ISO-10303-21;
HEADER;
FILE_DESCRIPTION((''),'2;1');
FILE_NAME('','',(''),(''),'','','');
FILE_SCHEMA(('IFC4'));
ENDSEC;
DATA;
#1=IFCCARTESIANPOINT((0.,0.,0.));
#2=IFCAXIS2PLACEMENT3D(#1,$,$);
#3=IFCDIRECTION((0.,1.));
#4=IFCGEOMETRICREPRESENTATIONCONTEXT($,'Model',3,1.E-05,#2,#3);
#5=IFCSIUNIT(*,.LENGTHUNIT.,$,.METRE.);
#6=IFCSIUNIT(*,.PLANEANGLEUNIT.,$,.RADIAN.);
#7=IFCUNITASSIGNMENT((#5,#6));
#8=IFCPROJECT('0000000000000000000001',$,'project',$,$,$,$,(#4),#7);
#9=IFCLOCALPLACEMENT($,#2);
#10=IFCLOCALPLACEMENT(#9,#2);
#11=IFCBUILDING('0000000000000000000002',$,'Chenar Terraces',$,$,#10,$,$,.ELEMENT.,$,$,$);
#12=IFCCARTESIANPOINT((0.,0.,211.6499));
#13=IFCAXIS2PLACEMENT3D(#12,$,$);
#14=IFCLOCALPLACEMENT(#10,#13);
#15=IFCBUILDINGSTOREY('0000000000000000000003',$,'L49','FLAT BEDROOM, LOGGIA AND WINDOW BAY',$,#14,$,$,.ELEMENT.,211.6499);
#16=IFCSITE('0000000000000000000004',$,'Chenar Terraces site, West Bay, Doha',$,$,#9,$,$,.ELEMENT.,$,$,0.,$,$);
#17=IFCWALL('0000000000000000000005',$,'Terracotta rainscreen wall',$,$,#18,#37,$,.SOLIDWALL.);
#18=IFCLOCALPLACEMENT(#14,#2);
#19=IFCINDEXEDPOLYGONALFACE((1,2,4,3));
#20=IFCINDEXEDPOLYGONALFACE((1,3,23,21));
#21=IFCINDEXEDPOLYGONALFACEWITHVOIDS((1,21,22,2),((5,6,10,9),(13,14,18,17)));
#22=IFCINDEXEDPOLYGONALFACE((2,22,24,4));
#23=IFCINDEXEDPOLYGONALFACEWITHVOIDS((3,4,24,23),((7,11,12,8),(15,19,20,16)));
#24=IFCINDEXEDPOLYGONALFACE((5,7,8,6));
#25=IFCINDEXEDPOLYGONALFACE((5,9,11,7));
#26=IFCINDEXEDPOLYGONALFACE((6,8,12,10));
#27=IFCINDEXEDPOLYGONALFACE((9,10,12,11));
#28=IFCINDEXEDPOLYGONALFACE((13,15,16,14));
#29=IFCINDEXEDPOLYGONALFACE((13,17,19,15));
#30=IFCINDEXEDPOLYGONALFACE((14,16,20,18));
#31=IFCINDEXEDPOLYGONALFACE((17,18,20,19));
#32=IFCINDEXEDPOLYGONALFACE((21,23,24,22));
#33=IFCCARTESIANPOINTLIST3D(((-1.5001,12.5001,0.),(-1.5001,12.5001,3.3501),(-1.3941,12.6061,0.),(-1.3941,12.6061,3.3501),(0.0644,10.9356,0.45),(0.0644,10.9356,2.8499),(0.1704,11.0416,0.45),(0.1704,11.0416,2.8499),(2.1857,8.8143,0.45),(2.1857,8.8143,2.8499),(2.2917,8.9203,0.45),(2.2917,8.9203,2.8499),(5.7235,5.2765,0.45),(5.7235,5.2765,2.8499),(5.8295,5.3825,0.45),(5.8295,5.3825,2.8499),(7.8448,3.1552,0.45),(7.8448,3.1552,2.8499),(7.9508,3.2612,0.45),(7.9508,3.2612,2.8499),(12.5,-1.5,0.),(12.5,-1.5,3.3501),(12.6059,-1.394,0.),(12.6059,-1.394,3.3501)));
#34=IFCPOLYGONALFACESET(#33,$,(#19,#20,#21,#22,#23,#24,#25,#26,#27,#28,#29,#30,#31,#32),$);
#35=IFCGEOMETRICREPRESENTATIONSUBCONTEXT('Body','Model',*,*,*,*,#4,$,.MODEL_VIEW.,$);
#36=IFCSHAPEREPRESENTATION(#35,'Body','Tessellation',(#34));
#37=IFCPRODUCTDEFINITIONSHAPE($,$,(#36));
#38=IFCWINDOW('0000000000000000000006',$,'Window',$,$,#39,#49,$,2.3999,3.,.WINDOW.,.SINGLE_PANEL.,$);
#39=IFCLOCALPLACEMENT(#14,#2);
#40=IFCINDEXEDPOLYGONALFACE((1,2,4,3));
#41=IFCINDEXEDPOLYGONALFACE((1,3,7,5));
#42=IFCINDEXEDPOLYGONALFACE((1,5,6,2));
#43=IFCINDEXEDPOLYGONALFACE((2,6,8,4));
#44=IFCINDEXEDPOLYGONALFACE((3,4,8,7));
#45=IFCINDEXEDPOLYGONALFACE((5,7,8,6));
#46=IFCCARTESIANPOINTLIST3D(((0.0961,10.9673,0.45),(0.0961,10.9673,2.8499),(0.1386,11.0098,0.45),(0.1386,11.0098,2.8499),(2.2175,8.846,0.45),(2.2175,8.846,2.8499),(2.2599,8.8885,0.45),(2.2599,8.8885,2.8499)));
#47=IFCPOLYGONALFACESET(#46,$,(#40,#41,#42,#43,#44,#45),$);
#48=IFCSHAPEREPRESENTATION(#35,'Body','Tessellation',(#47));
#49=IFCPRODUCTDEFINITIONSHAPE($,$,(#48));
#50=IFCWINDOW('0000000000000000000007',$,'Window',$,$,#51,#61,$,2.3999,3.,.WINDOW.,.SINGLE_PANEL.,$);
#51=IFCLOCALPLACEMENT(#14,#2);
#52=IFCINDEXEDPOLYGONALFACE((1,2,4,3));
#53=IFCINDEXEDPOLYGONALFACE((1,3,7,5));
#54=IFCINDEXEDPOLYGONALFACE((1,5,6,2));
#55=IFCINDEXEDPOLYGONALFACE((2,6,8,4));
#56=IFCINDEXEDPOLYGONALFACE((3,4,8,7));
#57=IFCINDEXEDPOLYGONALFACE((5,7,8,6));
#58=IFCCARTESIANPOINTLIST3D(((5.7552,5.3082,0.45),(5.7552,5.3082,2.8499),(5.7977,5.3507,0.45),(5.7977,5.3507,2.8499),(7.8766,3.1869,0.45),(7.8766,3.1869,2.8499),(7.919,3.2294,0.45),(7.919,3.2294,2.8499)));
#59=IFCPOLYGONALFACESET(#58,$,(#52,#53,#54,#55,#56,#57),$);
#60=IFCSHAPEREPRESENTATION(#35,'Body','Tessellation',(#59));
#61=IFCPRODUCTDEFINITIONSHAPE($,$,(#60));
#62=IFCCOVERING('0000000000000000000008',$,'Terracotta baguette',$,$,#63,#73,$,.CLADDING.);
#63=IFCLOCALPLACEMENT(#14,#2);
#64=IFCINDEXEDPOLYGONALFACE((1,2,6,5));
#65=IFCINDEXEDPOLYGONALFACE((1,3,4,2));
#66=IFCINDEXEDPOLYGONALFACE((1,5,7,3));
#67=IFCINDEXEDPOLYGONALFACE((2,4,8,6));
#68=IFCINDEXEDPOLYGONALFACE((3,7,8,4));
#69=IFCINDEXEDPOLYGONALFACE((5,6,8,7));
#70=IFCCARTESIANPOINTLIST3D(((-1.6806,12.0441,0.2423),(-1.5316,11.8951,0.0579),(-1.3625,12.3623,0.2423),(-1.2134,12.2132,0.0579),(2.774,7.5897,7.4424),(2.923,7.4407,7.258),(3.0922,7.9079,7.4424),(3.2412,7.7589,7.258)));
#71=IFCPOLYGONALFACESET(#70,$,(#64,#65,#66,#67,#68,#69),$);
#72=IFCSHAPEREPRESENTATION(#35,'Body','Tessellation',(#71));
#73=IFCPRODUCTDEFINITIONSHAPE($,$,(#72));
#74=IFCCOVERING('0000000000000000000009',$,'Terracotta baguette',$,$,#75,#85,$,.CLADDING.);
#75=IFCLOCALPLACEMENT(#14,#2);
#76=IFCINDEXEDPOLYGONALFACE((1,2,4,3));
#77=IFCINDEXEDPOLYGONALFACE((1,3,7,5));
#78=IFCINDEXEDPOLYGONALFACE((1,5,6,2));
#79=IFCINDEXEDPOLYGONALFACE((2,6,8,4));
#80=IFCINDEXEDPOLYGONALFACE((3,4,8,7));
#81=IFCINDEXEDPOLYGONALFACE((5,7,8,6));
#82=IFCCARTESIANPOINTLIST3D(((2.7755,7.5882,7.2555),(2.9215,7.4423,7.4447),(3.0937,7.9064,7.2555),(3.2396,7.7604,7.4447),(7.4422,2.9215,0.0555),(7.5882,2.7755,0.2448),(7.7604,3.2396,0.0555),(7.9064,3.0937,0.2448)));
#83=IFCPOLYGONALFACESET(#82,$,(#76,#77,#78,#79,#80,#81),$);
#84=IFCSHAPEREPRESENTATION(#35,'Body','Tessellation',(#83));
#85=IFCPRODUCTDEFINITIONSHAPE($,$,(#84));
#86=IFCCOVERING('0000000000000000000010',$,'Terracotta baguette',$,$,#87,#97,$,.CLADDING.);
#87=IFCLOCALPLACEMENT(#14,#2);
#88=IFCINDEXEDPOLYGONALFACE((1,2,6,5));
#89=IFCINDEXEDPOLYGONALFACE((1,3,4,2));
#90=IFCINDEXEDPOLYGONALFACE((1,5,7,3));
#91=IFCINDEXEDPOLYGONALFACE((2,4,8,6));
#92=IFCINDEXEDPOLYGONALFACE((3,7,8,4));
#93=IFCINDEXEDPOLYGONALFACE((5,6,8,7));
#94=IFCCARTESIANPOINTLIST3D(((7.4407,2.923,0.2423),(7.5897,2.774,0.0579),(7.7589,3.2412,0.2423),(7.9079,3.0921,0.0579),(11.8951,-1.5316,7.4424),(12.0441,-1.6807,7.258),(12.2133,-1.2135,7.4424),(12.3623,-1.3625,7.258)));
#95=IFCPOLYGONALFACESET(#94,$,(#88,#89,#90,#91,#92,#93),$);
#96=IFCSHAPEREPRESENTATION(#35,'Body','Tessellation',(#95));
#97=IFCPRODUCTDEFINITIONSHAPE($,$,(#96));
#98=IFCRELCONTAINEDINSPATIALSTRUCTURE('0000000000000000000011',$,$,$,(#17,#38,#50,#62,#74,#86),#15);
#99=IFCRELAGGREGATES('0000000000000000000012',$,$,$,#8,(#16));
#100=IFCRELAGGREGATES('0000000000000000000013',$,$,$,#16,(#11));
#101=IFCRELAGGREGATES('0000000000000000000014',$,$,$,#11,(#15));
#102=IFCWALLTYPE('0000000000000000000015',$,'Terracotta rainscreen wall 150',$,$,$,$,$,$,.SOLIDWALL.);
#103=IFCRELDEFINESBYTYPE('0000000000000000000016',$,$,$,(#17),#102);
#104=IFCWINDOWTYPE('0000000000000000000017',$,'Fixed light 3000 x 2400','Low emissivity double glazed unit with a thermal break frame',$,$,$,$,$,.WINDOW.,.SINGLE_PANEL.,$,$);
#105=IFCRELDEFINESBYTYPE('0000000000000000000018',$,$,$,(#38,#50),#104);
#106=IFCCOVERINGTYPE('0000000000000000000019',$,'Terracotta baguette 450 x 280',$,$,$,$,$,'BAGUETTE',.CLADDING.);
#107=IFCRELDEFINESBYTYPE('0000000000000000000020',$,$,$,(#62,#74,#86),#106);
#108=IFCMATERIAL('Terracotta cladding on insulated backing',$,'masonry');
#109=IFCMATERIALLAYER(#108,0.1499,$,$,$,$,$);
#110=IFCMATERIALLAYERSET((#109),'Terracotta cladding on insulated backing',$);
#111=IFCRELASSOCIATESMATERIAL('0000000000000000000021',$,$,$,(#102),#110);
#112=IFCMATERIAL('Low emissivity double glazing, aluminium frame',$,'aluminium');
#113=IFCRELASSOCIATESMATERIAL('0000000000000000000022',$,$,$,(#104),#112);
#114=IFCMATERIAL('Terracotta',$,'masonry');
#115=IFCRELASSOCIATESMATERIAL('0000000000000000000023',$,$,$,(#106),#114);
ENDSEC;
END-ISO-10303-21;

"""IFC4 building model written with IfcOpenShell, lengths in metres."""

from ifc_helpers import new_model, si_unit, direction, frame, frame_2d, origin, origin_2d, place, context, subcontext, project, spatial, rectangle, extrude, material, layer, layer_set, material_profile, profile_set, type_object, element, fill, save


model = new_model("IFC4")

# Units and contexts
model_context = context("Model", 3, precision=1e-05, world=origin(), true_north=direction((0.0, 1.0)))
body_context = subcontext(model_context, "Body", "Model", "MODEL_VIEW")
ifc_project = project(units=[si_unit("LENGTHUNIT", "METRE"), si_unit("PLANEANGLEUNIT", "RADIAN")], contexts=[model_context])

# Site, building, storey
site_placement = place(None, origin())
site = spatial("IfcSite", under=ifc_project, at=site_placement, Name="Chenar Terraces site, West Bay, Doha", CompositionType="ELEMENT", RefElevation=0.0)
building_placement = place(site_placement, origin())
building = spatial("IfcBuilding", under=site, at=building_placement, Name="Chenar Terraces", CompositionType="ELEMENT")
storey_placement = place(building_placement, frame((0.0, 0.0, 211.6499)))
storey = spatial("IfcBuildingStorey", under=building, at=storey_placement, Name="L49", Description="FLAT BEDROOM, LOGGIA AND WINDOW BAY", CompositionType="ELEMENT", Elevation=211.6499)

# Wall, openings, windows
ifc_material_1 = material(Name="Terracotta cladding on insulated backing", Category="masonry")
ifc_layer_1 = layer(ifc_material_1, 0.1499)
ifc_layer_set_1 = layer_set([ifc_layer_1], Name="Terracotta cladding on insulated backing")
wall_type_1 = type_object("IfcWallType", Name="Terracotta rainscreen wall 150", PredefinedType="SOLIDWALL", material=ifc_layer_set_1)
wall_1_placement = place(storey_placement, frame((-1.447, 12.553, 0.0), z_axis=(0.0, 0.0, 1.0), x_axis=(0.707107, -0.707107, 0.0)))
wall_1 = element("IfcWall", 1, at=wall_1_placement, inside=storey, type_object=wall_type_1, Name="Terracotta rainscreen wall", PredefinedType="SOLIDWALL", context=body_context, shape_type="SweptSolid", body=[
    extrude(rectangle(XDim=19.7991, YDim=0.1499, at=frame_2d((9.8994, 0.0))), origin(), (0.0, 0.0, 1.0), 3.3501),
])
opening_1_placement = place(wall_1_placement, frame((2.2124, 0.0, 0.45)))
opening_1 = element("IfcOpeningElement", 2, at=opening_1_placement, cuts=wall_1, PredefinedType="OPENING", context=body_context, shape_type="SweptSolid", body=[
    extrude(rectangle(XDim=3.0, YDim=2.3999, at=frame_2d((1.5, 1.2))), frame((0.0, 0.085, 0.0), z_axis=(0.0, -1.0, 0.0), x_axis=(1.0, 0.0, 0.0)), (0.0, 0.0, 1.0), 0.1699),
])
opening_2_placement = place(wall_1_placement, frame((10.2156, 0.0, 0.45)))
opening_2 = element("IfcOpeningElement", 3, at=opening_2_placement, cuts=wall_1, PredefinedType="OPENING", context=body_context, shape_type="SweptSolid", body=[
    extrude(rectangle(XDim=3.0, YDim=2.3999, at=frame_2d((1.5, 1.2))), frame((0.0, 0.085, 0.0), z_axis=(0.0, -1.0, 0.0), x_axis=(1.0, 0.0, 0.0)), (0.0, 0.0, 1.0), 0.1699),
])
ifc_material_2 = material(Name="Low emissivity double glazing, aluminium frame", Category="aluminium")
window_type = type_object("IfcWindowType", Name="Fixed light 3000 x 2400", Description="Low emissivity double glazed unit with a thermal break frame", PartitioningType="SINGLE_PANEL", PredefinedType="WINDOW", material=ifc_material_2)
window_1_placement = place(opening_1_placement, origin())
window_1 = element("IfcWindow", 4, at=window_1_placement, inside=storey, type_object=window_type, Name="Window", OverallHeight=2.3999, OverallWidth=3.0, PartitioningType="SINGLE_PANEL", PredefinedType="WINDOW", context=body_context, shape_type="SweptSolid", body=[
    extrude(rectangle(XDim=3.0, YDim=2.3999, at=frame_2d((1.5, 1.2))), frame((0.0, 0.03, 0.0), z_axis=(0.0, -1.0, 0.0), x_axis=(1.0, 0.0, 0.0)), (0.0, 0.0, 1.0), 0.0601),
])
fill(opening_1, window_1)
window_2_placement = place(opening_2_placement, origin())
window_2 = element("IfcWindow", 5, at=window_2_placement, inside=storey, type_object=window_type, Name="Window", OverallHeight=2.3999, OverallWidth=3.0, PartitioningType="SINGLE_PANEL", PredefinedType="WINDOW", context=body_context, shape_type="SweptSolid", body=[
    extrude(rectangle(XDim=3.0, YDim=2.3999, at=frame_2d((1.5, 1.2))), frame((0.0, 0.03, 0.0), z_axis=(0.0, -1.0, 0.0), x_axis=(1.0, 0.0, 0.0)), (0.0, 0.0, 1.0), 0.0601),
])
fill(opening_2, window_2)

# Coverings
ifc_material_3 = material(Name="Terracotta", Category="masonry")
ifc_material_profile = material_profile(ifc_material_3, rectangle(XDim=0.45, YDim=0.28, at=origin_2d()), Name="Terracotta baguette 450 x 280")
ifc_profile_set = profile_set([ifc_material_profile], Name="Terracotta")
covering_type = type_object("IfcCoveringType", Name="Terracotta baguette 450 x 280", ElementType="BAGUETTE", PredefinedType="CLADDING", material=ifc_profile_set)
covering_1_placement = place(storey_placement, frame((-1.447, 12.1287, 0.1501), z_axis=(0.46563, -0.465604, 0.752597), x_axis=(0.707087, 0.707126, 0.0)))
element("IfcCovering", 6, at=covering_1_placement, inside=storey, type_object=covering_type, Name="Terracotta baguette", PredefinedType="CLADDING", context=body_context, shape_type="SweptSolid", body=[
    extrude(rectangle(XDim=0.45, YDim=0.28, at=origin_2d()), origin(), (0.0, 0.0, 1.0), 9.5669),
])
covering_2_placement = place(storey_placement, frame((3.0076, 7.6743, 7.3501), z_axis=(0.477803, -0.477803, -0.737163), x_axis=(0.707107, 0.707107, 0.0)))
element("IfcCovering", 7, at=covering_2_placement, inside=storey, type_object=covering_type, Name="Terracotta baguette", PredefinedType="CLADDING", context=body_context, shape_type="SweptSolid", body=[
    extrude(rectangle(XDim=0.45, YDim=0.28, at=origin_2d()), origin(), (0.0, 0.0, 1.0), 9.7671),
])
covering_3_placement = place(storey_placement, frame((7.6743, 3.0076, 0.1501), z_axis=(0.465604, -0.46563, 0.752597), x_axis=(0.707126, 0.707087, 0.0)))
element("IfcCovering", 8, at=covering_3_placement, inside=storey, type_object=covering_type, Name="Terracotta baguette", PredefinedType="CLADDING", context=body_context, shape_type="SweptSolid", body=[
    extrude(rectangle(XDim=0.45, YDim=0.28, at=origin_2d()), origin(), (0.0, 0.0, 1.0), 9.5669),
])

save(model, "model.ifc")
